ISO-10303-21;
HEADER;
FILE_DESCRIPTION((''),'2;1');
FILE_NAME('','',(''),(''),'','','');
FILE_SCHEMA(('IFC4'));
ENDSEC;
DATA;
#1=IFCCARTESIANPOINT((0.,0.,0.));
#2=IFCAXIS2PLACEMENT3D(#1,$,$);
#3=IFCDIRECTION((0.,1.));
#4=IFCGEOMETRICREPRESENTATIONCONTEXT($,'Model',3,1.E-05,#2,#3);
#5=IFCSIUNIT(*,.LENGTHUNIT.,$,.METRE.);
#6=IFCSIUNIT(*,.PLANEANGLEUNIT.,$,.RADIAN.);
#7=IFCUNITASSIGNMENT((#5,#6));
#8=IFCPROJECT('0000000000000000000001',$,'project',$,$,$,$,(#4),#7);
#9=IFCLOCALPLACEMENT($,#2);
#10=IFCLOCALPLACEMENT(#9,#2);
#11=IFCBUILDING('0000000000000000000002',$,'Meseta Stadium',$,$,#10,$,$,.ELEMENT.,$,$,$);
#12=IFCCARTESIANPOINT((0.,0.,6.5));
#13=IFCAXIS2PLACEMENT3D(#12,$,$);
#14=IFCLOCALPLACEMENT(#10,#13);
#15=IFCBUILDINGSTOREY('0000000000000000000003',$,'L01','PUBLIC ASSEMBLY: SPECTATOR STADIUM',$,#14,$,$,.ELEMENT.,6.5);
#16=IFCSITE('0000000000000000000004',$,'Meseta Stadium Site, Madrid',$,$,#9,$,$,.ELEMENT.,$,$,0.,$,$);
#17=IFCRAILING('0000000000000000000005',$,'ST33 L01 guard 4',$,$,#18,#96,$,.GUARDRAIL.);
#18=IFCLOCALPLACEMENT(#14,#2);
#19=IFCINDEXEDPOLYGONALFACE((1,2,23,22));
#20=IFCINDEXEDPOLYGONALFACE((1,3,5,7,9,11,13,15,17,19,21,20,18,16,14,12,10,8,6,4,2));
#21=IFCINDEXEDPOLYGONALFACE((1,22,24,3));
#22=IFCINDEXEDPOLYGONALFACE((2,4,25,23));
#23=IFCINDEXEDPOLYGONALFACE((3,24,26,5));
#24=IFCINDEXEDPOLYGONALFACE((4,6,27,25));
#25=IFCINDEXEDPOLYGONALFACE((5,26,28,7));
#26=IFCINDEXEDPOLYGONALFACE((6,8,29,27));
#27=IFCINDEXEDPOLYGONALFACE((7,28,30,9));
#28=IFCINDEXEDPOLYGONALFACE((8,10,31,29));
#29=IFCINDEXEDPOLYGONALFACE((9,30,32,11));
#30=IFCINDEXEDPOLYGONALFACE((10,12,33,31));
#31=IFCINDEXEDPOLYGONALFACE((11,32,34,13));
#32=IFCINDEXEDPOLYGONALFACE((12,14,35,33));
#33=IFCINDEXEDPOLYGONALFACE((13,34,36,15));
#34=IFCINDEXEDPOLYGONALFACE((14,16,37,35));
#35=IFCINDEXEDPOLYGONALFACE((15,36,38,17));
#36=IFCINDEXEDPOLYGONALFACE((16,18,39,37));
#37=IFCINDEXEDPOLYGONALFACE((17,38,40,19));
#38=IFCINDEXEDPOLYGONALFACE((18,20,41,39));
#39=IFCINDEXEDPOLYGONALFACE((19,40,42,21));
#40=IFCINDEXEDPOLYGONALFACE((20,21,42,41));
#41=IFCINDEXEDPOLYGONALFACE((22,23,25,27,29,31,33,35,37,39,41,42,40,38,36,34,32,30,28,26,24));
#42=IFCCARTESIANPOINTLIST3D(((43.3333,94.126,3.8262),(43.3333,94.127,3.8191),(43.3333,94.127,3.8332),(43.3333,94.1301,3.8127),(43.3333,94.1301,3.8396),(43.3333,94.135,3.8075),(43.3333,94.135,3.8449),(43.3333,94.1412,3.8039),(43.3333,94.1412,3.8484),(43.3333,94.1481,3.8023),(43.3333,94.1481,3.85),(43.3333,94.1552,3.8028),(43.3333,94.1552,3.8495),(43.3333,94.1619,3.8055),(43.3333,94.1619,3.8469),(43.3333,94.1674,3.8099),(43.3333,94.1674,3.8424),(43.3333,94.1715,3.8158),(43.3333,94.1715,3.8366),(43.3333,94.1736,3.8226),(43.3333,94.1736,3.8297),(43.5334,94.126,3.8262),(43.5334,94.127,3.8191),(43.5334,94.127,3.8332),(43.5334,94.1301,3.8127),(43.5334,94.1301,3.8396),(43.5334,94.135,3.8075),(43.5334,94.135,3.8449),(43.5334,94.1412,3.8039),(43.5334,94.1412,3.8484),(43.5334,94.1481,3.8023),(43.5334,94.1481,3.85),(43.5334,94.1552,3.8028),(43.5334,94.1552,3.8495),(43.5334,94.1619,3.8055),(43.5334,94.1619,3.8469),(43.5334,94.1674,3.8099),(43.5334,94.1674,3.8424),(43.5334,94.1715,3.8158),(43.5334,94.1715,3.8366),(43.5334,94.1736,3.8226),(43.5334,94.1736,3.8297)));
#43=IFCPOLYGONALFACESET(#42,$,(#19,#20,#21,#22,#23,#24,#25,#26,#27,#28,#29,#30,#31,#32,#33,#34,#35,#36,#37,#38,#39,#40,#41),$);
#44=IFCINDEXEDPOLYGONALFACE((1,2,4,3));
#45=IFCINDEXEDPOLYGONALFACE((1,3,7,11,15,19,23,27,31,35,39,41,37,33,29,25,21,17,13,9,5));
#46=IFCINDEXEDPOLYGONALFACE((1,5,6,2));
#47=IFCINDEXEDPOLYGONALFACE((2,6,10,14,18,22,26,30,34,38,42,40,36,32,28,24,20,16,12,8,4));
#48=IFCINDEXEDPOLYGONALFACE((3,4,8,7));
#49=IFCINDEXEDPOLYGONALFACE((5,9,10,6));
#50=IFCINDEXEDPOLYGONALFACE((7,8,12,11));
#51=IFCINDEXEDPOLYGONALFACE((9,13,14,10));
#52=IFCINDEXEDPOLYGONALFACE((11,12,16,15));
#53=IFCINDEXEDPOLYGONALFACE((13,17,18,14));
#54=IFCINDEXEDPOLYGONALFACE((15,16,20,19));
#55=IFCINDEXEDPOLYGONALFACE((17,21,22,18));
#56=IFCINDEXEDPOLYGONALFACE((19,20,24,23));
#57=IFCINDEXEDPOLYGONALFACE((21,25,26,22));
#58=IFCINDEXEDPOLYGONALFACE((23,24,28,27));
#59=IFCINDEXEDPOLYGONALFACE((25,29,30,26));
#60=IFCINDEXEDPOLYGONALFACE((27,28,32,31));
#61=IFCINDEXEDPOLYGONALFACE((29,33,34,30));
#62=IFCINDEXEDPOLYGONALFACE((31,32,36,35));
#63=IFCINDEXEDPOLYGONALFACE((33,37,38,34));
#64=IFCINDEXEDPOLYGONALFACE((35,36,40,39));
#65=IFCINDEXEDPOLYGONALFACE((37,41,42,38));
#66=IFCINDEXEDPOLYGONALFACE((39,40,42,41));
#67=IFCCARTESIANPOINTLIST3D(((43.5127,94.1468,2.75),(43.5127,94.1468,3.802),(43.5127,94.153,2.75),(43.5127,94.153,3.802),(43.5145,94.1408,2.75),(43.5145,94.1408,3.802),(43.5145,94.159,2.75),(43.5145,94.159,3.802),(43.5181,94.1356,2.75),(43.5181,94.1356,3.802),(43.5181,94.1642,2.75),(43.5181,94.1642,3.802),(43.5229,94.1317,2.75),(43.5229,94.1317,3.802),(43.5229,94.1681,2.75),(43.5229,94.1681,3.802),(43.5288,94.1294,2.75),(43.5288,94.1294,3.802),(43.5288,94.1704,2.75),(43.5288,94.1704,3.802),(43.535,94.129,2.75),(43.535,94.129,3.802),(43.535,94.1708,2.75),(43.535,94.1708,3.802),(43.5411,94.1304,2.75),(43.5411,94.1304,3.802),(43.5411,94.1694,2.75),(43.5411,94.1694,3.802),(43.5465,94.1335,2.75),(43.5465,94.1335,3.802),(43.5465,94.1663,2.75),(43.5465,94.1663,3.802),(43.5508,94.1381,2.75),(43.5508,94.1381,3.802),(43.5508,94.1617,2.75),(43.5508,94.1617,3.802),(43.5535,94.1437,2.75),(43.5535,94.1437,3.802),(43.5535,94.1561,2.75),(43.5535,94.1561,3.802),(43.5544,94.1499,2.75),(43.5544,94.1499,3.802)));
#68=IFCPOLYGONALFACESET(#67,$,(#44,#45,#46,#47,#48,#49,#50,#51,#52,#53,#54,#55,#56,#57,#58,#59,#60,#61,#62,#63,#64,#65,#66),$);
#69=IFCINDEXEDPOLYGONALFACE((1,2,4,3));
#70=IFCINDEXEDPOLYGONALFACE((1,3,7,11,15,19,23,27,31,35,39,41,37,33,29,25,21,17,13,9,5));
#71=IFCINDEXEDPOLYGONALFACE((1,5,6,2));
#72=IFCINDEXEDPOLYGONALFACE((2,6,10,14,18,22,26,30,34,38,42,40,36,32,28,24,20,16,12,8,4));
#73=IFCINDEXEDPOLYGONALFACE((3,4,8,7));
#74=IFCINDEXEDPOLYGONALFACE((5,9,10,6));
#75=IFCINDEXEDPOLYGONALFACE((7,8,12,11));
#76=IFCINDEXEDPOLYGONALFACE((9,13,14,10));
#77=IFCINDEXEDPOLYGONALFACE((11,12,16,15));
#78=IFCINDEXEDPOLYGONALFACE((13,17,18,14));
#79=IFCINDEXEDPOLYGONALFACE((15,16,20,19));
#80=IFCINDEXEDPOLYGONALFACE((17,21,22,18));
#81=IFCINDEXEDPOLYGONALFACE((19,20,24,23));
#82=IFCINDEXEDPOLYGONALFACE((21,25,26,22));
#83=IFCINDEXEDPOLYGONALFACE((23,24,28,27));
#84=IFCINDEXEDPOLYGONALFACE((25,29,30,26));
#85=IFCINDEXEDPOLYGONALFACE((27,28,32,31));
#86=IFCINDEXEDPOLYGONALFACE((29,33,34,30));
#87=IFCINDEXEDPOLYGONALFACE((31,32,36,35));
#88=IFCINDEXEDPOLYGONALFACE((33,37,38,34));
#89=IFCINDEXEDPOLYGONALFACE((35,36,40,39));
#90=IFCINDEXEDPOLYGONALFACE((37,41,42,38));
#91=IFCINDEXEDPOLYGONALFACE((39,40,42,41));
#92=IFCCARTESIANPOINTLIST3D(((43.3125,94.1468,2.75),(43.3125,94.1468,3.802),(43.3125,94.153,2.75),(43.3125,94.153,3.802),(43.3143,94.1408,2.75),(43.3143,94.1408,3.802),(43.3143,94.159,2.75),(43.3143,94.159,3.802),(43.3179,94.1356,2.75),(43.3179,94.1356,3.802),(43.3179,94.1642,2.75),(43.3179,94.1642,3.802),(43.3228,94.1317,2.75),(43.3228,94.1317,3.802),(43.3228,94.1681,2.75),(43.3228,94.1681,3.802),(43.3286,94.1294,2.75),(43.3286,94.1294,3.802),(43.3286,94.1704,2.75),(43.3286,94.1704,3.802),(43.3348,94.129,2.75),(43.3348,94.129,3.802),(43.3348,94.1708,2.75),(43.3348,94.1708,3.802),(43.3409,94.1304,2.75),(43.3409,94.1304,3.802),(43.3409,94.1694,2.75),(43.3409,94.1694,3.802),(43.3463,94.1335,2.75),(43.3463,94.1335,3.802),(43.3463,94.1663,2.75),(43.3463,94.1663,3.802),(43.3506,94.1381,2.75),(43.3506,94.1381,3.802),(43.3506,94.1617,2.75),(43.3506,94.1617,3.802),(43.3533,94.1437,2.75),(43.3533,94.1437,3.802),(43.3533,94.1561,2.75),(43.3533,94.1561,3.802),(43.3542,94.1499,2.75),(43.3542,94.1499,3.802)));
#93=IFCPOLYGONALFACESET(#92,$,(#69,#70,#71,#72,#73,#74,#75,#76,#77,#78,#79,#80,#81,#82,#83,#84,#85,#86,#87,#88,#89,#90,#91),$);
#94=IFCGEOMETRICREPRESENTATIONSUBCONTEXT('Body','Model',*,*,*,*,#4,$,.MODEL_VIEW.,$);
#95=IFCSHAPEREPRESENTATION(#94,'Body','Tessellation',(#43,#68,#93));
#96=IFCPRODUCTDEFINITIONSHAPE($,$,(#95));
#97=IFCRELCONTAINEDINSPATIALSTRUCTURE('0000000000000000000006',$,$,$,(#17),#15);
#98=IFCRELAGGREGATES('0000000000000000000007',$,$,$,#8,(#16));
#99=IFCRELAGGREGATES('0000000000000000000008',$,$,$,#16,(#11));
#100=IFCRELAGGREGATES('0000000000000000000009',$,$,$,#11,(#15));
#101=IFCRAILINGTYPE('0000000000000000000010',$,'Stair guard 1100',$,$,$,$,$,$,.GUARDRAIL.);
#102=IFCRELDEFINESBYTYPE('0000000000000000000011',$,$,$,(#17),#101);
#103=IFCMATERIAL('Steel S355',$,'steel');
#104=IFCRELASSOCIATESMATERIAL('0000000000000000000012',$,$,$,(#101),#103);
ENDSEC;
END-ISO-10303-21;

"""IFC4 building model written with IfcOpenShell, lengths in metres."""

from ifc_helpers import new_model, si_unit, direction, frame, origin, origin_2d, place, context, subcontext, project, spatial, circle, extrude, material, type_object, element, save


model = new_model("IFC4")

# Units and contexts
model_context = context("Model", 3, precision=1e-05, world=origin(), true_north=direction((0.0, 1.0)))
body_context = subcontext(model_context, "Body", "Model", "MODEL_VIEW")
ifc_project = project(units=[si_unit("LENGTHUNIT", "METRE"), si_unit("PLANEANGLEUNIT", "RADIAN")], contexts=[model_context])

# Site, building, storey
site_placement = place(None, origin())
site = spatial("IfcSite", under=ifc_project, at=site_placement, Name="Meseta Stadium Site, Madrid", CompositionType="ELEMENT", RefElevation=0.0)
building_placement = place(site_placement, origin())
building = spatial("IfcBuilding", under=site, at=building_placement, Name="Meseta Stadium", CompositionType="ELEMENT")
storey_placement = place(building_placement, frame((0.0, 0.0, 6.5)))
storey = spatial("IfcBuildingStorey", under=building, at=storey_placement, Name="L01", Description="PUBLIC ASSEMBLY: SPECTATOR STADIUM", CompositionType="ELEMENT", Elevation=6.5)

# Railing
ifc_material_1 = material(Name="Steel S355", Category="steel")
railing_type_1 = type_object("IfcRailingType", Name="Stair guard 1100", PredefinedType="GUARDRAIL", material=ifc_material_1)
railing_1_placement = place(storey_placement, frame((43.5334, 94.1499, 2.75)))
element("IfcRailing", 1, at=railing_1_placement, inside=storey, type_object=railing_type_1, Name="ST33 L01 guard 4", PredefinedType="GUARDRAIL", context=body_context, shape_type="SweptSolid", body=[
    extrude(circle(Radius=0.0239, at=origin_2d()), frame((0.0, 0.0, 1.0762), z_axis=(-1.0, 0.0, 0.0), x_axis=(0.0, -1.0, 0.0)), (0.0, 0.0, 1.0), 0.2002),
    extrude(circle(Radius=0.021, at=origin_2d()), origin(), (0.0, 0.0, 1.0), 1.052),
    extrude(circle(Radius=0.021, at=origin_2d()), frame((-0.2002, 0.0, 0.0)), (0.0, 0.0, 1.0), 1.052),
])

save(model, "model.ifc")
